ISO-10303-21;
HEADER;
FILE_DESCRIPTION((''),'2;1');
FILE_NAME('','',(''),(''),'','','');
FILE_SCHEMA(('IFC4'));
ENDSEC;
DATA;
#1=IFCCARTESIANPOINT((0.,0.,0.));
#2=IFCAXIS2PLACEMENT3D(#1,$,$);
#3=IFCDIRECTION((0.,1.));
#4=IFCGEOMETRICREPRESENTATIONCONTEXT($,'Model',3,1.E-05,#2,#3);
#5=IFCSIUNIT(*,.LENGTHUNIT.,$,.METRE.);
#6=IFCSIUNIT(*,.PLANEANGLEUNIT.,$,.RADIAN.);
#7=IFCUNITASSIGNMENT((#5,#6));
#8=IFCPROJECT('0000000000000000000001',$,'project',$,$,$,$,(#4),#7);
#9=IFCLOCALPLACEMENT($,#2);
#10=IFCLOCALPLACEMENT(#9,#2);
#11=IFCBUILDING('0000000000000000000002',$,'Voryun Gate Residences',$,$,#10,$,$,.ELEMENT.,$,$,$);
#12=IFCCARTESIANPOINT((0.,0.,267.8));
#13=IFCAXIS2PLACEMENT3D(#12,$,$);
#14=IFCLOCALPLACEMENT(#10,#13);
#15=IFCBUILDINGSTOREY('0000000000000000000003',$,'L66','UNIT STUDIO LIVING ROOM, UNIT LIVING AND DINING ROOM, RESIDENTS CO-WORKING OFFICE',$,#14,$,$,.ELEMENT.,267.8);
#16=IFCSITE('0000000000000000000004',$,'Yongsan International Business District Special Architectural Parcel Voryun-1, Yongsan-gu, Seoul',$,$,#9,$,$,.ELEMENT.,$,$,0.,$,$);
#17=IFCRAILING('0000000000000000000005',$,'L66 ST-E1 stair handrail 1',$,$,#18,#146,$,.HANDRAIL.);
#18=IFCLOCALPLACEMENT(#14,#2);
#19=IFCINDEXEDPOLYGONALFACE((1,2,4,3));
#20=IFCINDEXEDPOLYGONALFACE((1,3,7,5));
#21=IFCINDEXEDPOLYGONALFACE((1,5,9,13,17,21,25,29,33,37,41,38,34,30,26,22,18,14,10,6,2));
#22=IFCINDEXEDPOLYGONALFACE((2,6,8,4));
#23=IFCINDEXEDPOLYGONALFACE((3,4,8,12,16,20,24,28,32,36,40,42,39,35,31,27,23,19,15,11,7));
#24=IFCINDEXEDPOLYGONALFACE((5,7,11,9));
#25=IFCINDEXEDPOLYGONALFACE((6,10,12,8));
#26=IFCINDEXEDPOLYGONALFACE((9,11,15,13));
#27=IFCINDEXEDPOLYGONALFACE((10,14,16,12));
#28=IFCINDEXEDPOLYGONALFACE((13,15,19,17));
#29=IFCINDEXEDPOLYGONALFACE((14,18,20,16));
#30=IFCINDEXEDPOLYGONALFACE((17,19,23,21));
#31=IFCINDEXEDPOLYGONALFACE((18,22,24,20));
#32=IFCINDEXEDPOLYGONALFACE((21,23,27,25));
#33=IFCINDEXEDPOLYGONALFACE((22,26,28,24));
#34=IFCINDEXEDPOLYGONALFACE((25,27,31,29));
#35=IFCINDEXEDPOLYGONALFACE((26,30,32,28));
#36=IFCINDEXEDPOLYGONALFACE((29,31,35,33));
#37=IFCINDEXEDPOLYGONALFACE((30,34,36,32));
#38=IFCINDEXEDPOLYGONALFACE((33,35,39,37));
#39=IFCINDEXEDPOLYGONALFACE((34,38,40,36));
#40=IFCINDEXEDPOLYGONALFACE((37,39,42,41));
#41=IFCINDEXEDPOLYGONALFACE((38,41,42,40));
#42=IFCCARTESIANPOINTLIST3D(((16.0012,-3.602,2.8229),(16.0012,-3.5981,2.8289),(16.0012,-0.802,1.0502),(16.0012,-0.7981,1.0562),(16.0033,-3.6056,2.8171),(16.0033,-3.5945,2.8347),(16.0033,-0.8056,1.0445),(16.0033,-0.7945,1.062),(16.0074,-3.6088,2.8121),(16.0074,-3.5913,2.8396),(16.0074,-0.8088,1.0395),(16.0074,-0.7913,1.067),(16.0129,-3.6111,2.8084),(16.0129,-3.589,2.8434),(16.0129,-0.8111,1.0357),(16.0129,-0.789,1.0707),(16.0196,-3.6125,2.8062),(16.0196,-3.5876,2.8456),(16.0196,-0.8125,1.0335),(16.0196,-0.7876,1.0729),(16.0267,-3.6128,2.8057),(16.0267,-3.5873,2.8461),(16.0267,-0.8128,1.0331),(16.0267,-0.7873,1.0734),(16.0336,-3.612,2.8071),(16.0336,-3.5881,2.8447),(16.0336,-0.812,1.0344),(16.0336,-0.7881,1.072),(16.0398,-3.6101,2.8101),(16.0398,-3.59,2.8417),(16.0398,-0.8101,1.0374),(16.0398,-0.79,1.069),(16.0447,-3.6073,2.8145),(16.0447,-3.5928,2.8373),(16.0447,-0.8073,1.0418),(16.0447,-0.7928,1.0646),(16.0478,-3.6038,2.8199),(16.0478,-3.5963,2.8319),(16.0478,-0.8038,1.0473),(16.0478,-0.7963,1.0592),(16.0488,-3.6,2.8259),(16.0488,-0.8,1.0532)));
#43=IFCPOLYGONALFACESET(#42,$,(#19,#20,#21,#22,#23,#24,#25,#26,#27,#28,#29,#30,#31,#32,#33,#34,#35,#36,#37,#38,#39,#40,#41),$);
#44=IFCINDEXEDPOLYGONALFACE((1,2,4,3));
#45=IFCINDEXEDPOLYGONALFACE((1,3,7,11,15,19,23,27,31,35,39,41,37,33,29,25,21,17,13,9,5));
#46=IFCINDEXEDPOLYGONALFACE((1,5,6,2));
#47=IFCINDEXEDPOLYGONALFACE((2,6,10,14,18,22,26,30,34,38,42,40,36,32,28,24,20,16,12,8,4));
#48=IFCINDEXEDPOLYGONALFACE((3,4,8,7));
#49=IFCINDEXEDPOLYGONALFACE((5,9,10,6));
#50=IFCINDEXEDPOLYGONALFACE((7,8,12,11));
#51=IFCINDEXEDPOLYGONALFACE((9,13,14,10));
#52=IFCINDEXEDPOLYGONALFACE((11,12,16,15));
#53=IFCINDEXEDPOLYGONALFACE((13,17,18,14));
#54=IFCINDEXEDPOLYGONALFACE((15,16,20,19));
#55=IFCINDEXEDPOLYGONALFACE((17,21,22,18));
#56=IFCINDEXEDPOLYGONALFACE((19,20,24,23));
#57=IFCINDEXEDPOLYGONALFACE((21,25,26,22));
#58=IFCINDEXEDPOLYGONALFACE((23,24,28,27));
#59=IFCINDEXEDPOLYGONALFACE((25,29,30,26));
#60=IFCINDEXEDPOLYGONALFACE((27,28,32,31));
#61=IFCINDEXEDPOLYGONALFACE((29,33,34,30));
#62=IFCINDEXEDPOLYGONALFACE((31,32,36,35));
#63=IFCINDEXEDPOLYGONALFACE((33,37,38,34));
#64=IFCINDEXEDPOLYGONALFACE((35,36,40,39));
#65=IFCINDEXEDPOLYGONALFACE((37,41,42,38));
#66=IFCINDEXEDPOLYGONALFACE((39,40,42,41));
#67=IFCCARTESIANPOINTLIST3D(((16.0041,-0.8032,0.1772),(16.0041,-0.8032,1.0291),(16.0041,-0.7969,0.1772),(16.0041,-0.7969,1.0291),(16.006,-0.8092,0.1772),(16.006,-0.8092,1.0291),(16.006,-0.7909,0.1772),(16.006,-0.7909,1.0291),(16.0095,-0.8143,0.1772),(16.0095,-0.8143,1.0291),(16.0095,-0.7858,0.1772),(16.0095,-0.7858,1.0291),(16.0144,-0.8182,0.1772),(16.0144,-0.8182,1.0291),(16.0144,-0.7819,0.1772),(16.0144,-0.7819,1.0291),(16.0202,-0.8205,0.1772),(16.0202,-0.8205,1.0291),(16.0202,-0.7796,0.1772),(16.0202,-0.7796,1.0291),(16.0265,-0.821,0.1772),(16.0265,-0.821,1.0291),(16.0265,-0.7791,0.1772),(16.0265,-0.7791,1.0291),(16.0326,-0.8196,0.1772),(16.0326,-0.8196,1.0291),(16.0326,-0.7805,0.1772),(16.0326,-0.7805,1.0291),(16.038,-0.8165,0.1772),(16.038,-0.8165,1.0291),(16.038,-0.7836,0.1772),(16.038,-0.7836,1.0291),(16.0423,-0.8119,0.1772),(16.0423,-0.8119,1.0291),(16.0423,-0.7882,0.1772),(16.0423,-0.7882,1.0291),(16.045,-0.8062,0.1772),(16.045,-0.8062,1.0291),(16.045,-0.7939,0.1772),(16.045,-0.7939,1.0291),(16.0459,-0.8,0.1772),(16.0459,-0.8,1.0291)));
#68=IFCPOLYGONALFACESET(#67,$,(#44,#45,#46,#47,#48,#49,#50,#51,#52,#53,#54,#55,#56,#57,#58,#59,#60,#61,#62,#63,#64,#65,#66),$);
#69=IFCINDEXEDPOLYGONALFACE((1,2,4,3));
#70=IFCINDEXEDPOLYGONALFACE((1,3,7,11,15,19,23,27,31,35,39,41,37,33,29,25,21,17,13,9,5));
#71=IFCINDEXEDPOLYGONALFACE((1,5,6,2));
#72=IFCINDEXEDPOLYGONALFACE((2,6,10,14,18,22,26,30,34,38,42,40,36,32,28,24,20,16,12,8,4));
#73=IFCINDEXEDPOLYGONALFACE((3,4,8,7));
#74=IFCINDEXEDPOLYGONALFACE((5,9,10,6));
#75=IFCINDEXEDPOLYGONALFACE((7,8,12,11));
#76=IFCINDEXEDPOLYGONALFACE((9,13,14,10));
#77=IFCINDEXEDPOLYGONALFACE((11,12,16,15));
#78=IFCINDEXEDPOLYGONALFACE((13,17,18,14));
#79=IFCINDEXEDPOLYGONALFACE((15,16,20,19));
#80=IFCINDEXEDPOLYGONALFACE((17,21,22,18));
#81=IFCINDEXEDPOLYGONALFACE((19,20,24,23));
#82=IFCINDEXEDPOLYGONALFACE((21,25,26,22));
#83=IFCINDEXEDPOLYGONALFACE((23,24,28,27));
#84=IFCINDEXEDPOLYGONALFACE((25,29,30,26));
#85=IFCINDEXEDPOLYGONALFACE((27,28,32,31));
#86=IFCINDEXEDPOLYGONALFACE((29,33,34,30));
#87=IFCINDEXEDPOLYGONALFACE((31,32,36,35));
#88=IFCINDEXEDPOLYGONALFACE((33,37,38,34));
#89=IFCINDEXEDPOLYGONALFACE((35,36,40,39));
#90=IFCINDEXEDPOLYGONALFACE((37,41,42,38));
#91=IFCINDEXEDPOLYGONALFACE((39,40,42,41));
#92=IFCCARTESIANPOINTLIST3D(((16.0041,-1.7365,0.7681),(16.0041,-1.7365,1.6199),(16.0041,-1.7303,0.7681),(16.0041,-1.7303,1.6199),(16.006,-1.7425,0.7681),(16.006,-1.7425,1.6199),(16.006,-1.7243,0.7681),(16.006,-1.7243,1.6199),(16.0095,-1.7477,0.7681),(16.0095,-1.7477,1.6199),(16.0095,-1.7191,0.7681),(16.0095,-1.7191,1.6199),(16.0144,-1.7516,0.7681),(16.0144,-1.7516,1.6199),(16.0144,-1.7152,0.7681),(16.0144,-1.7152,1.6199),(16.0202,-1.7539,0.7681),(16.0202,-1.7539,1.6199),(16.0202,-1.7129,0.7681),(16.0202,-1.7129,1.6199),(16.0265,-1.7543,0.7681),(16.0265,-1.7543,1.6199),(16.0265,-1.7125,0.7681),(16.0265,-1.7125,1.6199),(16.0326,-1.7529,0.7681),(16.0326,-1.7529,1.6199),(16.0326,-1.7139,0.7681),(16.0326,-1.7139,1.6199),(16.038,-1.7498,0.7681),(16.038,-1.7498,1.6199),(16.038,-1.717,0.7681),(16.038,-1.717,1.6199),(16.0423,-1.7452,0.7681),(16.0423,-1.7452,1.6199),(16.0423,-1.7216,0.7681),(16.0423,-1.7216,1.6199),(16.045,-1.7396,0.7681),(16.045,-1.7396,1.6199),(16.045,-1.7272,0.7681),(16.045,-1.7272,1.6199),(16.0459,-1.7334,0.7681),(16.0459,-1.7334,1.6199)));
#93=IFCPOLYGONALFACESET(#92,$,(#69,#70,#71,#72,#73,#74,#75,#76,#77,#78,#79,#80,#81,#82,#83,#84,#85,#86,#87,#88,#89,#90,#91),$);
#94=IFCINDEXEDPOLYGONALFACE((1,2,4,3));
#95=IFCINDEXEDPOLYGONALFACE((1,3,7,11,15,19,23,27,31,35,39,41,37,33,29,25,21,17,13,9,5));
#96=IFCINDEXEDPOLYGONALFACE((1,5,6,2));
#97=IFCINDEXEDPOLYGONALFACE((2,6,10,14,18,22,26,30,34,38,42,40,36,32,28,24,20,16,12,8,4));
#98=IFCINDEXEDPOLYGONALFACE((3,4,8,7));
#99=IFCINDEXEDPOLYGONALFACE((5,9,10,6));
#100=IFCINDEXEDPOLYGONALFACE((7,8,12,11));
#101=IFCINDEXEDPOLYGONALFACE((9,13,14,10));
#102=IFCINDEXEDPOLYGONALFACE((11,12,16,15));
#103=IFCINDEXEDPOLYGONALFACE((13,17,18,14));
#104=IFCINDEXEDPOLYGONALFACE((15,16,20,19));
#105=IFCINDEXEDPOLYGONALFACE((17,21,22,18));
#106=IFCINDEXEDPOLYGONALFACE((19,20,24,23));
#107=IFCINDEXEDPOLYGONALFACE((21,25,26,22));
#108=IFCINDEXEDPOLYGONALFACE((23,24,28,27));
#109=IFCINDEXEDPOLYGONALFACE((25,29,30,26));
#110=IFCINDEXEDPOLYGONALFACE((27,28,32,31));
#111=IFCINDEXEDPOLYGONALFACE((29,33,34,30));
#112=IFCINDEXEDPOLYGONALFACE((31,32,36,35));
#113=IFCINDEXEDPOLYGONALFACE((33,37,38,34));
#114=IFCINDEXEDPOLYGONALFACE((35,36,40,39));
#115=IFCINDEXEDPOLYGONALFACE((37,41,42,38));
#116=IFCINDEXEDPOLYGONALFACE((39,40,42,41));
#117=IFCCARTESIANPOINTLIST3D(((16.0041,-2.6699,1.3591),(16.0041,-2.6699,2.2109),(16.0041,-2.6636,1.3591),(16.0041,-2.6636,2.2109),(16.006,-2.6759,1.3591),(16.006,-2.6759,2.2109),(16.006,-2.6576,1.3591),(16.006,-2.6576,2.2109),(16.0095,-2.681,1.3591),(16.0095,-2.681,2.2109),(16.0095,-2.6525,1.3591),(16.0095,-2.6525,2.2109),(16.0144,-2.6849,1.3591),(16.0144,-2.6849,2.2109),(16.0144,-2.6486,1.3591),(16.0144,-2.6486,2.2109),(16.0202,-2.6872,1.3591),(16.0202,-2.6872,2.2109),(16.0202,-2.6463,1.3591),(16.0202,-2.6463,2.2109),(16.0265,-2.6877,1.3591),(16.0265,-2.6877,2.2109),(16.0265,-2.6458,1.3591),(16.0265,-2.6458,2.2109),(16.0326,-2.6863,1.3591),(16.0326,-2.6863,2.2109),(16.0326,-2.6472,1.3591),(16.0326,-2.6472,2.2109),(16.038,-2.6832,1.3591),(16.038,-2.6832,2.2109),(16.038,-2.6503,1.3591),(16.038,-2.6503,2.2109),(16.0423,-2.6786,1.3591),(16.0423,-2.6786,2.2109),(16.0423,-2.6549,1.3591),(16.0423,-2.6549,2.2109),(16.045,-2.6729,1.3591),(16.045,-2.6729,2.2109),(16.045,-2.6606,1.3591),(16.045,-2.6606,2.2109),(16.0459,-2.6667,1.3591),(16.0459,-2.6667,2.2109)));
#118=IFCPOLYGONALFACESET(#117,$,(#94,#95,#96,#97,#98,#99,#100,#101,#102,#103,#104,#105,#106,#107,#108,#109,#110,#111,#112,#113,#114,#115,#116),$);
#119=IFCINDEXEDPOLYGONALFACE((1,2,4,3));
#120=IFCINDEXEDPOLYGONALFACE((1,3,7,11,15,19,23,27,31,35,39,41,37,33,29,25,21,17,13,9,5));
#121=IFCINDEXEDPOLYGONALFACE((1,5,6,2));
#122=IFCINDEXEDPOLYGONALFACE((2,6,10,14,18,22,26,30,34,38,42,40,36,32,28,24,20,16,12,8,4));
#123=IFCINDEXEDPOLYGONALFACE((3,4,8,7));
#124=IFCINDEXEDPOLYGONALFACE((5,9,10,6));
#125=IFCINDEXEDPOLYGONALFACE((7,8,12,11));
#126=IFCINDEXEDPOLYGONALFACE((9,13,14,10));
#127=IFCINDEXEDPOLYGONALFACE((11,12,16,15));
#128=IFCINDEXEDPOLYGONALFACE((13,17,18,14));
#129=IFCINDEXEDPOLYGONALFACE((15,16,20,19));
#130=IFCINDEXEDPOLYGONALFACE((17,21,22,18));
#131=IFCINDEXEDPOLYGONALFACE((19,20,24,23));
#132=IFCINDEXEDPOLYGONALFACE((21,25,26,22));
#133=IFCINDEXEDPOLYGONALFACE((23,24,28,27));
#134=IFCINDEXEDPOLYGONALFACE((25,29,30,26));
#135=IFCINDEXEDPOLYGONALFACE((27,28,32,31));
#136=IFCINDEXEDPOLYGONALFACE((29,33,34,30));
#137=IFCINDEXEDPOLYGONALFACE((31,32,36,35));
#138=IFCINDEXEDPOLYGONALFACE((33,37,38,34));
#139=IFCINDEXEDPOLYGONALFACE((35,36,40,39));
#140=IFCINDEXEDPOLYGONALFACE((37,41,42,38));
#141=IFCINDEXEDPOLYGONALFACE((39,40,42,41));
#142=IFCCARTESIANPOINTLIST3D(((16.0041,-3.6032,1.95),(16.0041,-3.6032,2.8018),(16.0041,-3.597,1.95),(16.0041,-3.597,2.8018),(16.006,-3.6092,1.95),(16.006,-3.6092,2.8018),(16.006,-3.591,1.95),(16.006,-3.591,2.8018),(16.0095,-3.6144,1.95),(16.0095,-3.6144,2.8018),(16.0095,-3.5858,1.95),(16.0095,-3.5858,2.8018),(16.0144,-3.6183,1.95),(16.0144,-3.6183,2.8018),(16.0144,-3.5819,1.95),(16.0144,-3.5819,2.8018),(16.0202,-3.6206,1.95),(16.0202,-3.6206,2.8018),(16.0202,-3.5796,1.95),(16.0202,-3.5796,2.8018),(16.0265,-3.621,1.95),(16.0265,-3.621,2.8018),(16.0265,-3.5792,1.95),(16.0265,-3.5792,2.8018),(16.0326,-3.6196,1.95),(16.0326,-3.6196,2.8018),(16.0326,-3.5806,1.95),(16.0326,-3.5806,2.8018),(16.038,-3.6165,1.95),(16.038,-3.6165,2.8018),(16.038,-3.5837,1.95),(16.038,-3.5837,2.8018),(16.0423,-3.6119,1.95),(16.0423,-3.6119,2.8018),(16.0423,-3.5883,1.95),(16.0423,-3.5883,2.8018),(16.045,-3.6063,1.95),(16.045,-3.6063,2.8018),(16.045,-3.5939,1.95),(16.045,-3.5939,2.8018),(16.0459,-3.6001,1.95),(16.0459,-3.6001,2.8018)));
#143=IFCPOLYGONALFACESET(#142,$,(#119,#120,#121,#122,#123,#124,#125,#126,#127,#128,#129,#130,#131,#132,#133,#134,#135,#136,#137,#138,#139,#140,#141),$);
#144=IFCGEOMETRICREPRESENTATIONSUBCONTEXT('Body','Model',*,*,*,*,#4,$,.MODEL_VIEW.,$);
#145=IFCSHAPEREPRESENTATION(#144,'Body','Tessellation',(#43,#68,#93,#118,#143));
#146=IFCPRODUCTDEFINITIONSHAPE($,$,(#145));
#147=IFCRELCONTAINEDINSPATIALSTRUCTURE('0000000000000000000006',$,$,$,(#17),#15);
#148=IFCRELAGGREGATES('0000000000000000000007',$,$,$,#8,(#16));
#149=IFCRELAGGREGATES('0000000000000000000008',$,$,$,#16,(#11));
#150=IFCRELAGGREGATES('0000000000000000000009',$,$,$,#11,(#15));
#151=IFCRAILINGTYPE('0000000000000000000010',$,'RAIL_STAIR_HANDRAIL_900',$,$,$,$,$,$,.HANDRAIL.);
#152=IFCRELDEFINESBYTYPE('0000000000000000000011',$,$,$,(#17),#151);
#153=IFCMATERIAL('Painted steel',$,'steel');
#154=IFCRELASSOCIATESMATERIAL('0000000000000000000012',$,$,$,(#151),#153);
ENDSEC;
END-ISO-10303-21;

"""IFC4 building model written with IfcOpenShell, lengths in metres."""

from ifc_helpers import new_model, si_unit, direction, frame, origin, origin_2d, place, context, subcontext, project, spatial, circle, extrude, material, type_object, element, save


model = new_model("IFC4")

# Units and contexts
model_context = context("Model", 3, precision=1e-05, world=origin(), true_north=direction((0.0, 1.0)))
body_context = subcontext(model_context, "Body", "Model", "MODEL_VIEW")
ifc_project = project(units=[si_unit("LENGTHUNIT", "METRE"), si_unit("PLANEANGLEUNIT", "RADIAN")], contexts=[model_context])

# Site, building, storey
site_placement = place(None, origin())
site = spatial("IfcSite", under=ifc_project, at=site_placement, Name="Yongsan International Business District Special Architectural Parcel Voryun-1, Yongsan-gu, Seoul", CompositionType="ELEMENT", RefElevation=0.0)
building_placement = place(site_placement, origin())
building = spatial("IfcBuilding", under=site, at=building_placement, Name="Voryun Gate Residences", CompositionType="ELEMENT")
storey_placement = place(building_placement, frame((0.0, 0.0, 267.8)))
storey = spatial("IfcBuildingStorey", under=building, at=storey_placement, Name="L66", Description="UNIT STUDIO LIVING ROOM, UNIT LIVING AND DINING ROOM, RESIDENTS CO-WORKING OFFICE", CompositionType="ELEMENT", Elevation=267.8)

# Railing
ifc_material_1 = material(Name="Painted steel", Category="steel")
railing_type_1 = type_object("IfcRailingType", Name="RAIL_STAIR_HANDRAIL_900", PredefinedType="HANDRAIL", material=ifc_material_1)
railing_1_placement = place(storey_placement, frame((16.0249, -0.8, 0.1772)))
element("IfcRailing", 1, at=railing_1_placement, inside=storey, type_object=railing_type_1, Name="L66 ST-E1 stair handrail 1", PredefinedType="HANDRAIL", context=body_context, shape_type="SweptSolid", body=[
    extrude(circle(Radius=0.0239, at=origin_2d()), frame((0.0, 0.0, 0.876), z_axis=(0.0, -0.844909, 0.53491), x_axis=(1.0, 0.0, 0.0)), (0.0, 0.0, 1.0), 3.314),
    extrude(circle(Radius=0.021, at=origin_2d()), origin(), (0.0, 0.0, 1.0), 0.8518),
    extrude(circle(Radius=0.021, at=origin_2d()), frame((0.0, -0.9333, 0.5908)), (0.0, 0.0, 1.0), 0.8518),
    extrude(circle(Radius=0.021, at=origin_2d()), frame((0.0, -1.8667, 1.1819)), (0.0, 0.0, 1.0), 0.8518),
    extrude(circle(Radius=0.021, at=origin_2d()), frame((0.0, -2.8, 1.7727)), (0.0, 0.0, 1.0), 0.8518),
])

save(model, "model.ifc")
